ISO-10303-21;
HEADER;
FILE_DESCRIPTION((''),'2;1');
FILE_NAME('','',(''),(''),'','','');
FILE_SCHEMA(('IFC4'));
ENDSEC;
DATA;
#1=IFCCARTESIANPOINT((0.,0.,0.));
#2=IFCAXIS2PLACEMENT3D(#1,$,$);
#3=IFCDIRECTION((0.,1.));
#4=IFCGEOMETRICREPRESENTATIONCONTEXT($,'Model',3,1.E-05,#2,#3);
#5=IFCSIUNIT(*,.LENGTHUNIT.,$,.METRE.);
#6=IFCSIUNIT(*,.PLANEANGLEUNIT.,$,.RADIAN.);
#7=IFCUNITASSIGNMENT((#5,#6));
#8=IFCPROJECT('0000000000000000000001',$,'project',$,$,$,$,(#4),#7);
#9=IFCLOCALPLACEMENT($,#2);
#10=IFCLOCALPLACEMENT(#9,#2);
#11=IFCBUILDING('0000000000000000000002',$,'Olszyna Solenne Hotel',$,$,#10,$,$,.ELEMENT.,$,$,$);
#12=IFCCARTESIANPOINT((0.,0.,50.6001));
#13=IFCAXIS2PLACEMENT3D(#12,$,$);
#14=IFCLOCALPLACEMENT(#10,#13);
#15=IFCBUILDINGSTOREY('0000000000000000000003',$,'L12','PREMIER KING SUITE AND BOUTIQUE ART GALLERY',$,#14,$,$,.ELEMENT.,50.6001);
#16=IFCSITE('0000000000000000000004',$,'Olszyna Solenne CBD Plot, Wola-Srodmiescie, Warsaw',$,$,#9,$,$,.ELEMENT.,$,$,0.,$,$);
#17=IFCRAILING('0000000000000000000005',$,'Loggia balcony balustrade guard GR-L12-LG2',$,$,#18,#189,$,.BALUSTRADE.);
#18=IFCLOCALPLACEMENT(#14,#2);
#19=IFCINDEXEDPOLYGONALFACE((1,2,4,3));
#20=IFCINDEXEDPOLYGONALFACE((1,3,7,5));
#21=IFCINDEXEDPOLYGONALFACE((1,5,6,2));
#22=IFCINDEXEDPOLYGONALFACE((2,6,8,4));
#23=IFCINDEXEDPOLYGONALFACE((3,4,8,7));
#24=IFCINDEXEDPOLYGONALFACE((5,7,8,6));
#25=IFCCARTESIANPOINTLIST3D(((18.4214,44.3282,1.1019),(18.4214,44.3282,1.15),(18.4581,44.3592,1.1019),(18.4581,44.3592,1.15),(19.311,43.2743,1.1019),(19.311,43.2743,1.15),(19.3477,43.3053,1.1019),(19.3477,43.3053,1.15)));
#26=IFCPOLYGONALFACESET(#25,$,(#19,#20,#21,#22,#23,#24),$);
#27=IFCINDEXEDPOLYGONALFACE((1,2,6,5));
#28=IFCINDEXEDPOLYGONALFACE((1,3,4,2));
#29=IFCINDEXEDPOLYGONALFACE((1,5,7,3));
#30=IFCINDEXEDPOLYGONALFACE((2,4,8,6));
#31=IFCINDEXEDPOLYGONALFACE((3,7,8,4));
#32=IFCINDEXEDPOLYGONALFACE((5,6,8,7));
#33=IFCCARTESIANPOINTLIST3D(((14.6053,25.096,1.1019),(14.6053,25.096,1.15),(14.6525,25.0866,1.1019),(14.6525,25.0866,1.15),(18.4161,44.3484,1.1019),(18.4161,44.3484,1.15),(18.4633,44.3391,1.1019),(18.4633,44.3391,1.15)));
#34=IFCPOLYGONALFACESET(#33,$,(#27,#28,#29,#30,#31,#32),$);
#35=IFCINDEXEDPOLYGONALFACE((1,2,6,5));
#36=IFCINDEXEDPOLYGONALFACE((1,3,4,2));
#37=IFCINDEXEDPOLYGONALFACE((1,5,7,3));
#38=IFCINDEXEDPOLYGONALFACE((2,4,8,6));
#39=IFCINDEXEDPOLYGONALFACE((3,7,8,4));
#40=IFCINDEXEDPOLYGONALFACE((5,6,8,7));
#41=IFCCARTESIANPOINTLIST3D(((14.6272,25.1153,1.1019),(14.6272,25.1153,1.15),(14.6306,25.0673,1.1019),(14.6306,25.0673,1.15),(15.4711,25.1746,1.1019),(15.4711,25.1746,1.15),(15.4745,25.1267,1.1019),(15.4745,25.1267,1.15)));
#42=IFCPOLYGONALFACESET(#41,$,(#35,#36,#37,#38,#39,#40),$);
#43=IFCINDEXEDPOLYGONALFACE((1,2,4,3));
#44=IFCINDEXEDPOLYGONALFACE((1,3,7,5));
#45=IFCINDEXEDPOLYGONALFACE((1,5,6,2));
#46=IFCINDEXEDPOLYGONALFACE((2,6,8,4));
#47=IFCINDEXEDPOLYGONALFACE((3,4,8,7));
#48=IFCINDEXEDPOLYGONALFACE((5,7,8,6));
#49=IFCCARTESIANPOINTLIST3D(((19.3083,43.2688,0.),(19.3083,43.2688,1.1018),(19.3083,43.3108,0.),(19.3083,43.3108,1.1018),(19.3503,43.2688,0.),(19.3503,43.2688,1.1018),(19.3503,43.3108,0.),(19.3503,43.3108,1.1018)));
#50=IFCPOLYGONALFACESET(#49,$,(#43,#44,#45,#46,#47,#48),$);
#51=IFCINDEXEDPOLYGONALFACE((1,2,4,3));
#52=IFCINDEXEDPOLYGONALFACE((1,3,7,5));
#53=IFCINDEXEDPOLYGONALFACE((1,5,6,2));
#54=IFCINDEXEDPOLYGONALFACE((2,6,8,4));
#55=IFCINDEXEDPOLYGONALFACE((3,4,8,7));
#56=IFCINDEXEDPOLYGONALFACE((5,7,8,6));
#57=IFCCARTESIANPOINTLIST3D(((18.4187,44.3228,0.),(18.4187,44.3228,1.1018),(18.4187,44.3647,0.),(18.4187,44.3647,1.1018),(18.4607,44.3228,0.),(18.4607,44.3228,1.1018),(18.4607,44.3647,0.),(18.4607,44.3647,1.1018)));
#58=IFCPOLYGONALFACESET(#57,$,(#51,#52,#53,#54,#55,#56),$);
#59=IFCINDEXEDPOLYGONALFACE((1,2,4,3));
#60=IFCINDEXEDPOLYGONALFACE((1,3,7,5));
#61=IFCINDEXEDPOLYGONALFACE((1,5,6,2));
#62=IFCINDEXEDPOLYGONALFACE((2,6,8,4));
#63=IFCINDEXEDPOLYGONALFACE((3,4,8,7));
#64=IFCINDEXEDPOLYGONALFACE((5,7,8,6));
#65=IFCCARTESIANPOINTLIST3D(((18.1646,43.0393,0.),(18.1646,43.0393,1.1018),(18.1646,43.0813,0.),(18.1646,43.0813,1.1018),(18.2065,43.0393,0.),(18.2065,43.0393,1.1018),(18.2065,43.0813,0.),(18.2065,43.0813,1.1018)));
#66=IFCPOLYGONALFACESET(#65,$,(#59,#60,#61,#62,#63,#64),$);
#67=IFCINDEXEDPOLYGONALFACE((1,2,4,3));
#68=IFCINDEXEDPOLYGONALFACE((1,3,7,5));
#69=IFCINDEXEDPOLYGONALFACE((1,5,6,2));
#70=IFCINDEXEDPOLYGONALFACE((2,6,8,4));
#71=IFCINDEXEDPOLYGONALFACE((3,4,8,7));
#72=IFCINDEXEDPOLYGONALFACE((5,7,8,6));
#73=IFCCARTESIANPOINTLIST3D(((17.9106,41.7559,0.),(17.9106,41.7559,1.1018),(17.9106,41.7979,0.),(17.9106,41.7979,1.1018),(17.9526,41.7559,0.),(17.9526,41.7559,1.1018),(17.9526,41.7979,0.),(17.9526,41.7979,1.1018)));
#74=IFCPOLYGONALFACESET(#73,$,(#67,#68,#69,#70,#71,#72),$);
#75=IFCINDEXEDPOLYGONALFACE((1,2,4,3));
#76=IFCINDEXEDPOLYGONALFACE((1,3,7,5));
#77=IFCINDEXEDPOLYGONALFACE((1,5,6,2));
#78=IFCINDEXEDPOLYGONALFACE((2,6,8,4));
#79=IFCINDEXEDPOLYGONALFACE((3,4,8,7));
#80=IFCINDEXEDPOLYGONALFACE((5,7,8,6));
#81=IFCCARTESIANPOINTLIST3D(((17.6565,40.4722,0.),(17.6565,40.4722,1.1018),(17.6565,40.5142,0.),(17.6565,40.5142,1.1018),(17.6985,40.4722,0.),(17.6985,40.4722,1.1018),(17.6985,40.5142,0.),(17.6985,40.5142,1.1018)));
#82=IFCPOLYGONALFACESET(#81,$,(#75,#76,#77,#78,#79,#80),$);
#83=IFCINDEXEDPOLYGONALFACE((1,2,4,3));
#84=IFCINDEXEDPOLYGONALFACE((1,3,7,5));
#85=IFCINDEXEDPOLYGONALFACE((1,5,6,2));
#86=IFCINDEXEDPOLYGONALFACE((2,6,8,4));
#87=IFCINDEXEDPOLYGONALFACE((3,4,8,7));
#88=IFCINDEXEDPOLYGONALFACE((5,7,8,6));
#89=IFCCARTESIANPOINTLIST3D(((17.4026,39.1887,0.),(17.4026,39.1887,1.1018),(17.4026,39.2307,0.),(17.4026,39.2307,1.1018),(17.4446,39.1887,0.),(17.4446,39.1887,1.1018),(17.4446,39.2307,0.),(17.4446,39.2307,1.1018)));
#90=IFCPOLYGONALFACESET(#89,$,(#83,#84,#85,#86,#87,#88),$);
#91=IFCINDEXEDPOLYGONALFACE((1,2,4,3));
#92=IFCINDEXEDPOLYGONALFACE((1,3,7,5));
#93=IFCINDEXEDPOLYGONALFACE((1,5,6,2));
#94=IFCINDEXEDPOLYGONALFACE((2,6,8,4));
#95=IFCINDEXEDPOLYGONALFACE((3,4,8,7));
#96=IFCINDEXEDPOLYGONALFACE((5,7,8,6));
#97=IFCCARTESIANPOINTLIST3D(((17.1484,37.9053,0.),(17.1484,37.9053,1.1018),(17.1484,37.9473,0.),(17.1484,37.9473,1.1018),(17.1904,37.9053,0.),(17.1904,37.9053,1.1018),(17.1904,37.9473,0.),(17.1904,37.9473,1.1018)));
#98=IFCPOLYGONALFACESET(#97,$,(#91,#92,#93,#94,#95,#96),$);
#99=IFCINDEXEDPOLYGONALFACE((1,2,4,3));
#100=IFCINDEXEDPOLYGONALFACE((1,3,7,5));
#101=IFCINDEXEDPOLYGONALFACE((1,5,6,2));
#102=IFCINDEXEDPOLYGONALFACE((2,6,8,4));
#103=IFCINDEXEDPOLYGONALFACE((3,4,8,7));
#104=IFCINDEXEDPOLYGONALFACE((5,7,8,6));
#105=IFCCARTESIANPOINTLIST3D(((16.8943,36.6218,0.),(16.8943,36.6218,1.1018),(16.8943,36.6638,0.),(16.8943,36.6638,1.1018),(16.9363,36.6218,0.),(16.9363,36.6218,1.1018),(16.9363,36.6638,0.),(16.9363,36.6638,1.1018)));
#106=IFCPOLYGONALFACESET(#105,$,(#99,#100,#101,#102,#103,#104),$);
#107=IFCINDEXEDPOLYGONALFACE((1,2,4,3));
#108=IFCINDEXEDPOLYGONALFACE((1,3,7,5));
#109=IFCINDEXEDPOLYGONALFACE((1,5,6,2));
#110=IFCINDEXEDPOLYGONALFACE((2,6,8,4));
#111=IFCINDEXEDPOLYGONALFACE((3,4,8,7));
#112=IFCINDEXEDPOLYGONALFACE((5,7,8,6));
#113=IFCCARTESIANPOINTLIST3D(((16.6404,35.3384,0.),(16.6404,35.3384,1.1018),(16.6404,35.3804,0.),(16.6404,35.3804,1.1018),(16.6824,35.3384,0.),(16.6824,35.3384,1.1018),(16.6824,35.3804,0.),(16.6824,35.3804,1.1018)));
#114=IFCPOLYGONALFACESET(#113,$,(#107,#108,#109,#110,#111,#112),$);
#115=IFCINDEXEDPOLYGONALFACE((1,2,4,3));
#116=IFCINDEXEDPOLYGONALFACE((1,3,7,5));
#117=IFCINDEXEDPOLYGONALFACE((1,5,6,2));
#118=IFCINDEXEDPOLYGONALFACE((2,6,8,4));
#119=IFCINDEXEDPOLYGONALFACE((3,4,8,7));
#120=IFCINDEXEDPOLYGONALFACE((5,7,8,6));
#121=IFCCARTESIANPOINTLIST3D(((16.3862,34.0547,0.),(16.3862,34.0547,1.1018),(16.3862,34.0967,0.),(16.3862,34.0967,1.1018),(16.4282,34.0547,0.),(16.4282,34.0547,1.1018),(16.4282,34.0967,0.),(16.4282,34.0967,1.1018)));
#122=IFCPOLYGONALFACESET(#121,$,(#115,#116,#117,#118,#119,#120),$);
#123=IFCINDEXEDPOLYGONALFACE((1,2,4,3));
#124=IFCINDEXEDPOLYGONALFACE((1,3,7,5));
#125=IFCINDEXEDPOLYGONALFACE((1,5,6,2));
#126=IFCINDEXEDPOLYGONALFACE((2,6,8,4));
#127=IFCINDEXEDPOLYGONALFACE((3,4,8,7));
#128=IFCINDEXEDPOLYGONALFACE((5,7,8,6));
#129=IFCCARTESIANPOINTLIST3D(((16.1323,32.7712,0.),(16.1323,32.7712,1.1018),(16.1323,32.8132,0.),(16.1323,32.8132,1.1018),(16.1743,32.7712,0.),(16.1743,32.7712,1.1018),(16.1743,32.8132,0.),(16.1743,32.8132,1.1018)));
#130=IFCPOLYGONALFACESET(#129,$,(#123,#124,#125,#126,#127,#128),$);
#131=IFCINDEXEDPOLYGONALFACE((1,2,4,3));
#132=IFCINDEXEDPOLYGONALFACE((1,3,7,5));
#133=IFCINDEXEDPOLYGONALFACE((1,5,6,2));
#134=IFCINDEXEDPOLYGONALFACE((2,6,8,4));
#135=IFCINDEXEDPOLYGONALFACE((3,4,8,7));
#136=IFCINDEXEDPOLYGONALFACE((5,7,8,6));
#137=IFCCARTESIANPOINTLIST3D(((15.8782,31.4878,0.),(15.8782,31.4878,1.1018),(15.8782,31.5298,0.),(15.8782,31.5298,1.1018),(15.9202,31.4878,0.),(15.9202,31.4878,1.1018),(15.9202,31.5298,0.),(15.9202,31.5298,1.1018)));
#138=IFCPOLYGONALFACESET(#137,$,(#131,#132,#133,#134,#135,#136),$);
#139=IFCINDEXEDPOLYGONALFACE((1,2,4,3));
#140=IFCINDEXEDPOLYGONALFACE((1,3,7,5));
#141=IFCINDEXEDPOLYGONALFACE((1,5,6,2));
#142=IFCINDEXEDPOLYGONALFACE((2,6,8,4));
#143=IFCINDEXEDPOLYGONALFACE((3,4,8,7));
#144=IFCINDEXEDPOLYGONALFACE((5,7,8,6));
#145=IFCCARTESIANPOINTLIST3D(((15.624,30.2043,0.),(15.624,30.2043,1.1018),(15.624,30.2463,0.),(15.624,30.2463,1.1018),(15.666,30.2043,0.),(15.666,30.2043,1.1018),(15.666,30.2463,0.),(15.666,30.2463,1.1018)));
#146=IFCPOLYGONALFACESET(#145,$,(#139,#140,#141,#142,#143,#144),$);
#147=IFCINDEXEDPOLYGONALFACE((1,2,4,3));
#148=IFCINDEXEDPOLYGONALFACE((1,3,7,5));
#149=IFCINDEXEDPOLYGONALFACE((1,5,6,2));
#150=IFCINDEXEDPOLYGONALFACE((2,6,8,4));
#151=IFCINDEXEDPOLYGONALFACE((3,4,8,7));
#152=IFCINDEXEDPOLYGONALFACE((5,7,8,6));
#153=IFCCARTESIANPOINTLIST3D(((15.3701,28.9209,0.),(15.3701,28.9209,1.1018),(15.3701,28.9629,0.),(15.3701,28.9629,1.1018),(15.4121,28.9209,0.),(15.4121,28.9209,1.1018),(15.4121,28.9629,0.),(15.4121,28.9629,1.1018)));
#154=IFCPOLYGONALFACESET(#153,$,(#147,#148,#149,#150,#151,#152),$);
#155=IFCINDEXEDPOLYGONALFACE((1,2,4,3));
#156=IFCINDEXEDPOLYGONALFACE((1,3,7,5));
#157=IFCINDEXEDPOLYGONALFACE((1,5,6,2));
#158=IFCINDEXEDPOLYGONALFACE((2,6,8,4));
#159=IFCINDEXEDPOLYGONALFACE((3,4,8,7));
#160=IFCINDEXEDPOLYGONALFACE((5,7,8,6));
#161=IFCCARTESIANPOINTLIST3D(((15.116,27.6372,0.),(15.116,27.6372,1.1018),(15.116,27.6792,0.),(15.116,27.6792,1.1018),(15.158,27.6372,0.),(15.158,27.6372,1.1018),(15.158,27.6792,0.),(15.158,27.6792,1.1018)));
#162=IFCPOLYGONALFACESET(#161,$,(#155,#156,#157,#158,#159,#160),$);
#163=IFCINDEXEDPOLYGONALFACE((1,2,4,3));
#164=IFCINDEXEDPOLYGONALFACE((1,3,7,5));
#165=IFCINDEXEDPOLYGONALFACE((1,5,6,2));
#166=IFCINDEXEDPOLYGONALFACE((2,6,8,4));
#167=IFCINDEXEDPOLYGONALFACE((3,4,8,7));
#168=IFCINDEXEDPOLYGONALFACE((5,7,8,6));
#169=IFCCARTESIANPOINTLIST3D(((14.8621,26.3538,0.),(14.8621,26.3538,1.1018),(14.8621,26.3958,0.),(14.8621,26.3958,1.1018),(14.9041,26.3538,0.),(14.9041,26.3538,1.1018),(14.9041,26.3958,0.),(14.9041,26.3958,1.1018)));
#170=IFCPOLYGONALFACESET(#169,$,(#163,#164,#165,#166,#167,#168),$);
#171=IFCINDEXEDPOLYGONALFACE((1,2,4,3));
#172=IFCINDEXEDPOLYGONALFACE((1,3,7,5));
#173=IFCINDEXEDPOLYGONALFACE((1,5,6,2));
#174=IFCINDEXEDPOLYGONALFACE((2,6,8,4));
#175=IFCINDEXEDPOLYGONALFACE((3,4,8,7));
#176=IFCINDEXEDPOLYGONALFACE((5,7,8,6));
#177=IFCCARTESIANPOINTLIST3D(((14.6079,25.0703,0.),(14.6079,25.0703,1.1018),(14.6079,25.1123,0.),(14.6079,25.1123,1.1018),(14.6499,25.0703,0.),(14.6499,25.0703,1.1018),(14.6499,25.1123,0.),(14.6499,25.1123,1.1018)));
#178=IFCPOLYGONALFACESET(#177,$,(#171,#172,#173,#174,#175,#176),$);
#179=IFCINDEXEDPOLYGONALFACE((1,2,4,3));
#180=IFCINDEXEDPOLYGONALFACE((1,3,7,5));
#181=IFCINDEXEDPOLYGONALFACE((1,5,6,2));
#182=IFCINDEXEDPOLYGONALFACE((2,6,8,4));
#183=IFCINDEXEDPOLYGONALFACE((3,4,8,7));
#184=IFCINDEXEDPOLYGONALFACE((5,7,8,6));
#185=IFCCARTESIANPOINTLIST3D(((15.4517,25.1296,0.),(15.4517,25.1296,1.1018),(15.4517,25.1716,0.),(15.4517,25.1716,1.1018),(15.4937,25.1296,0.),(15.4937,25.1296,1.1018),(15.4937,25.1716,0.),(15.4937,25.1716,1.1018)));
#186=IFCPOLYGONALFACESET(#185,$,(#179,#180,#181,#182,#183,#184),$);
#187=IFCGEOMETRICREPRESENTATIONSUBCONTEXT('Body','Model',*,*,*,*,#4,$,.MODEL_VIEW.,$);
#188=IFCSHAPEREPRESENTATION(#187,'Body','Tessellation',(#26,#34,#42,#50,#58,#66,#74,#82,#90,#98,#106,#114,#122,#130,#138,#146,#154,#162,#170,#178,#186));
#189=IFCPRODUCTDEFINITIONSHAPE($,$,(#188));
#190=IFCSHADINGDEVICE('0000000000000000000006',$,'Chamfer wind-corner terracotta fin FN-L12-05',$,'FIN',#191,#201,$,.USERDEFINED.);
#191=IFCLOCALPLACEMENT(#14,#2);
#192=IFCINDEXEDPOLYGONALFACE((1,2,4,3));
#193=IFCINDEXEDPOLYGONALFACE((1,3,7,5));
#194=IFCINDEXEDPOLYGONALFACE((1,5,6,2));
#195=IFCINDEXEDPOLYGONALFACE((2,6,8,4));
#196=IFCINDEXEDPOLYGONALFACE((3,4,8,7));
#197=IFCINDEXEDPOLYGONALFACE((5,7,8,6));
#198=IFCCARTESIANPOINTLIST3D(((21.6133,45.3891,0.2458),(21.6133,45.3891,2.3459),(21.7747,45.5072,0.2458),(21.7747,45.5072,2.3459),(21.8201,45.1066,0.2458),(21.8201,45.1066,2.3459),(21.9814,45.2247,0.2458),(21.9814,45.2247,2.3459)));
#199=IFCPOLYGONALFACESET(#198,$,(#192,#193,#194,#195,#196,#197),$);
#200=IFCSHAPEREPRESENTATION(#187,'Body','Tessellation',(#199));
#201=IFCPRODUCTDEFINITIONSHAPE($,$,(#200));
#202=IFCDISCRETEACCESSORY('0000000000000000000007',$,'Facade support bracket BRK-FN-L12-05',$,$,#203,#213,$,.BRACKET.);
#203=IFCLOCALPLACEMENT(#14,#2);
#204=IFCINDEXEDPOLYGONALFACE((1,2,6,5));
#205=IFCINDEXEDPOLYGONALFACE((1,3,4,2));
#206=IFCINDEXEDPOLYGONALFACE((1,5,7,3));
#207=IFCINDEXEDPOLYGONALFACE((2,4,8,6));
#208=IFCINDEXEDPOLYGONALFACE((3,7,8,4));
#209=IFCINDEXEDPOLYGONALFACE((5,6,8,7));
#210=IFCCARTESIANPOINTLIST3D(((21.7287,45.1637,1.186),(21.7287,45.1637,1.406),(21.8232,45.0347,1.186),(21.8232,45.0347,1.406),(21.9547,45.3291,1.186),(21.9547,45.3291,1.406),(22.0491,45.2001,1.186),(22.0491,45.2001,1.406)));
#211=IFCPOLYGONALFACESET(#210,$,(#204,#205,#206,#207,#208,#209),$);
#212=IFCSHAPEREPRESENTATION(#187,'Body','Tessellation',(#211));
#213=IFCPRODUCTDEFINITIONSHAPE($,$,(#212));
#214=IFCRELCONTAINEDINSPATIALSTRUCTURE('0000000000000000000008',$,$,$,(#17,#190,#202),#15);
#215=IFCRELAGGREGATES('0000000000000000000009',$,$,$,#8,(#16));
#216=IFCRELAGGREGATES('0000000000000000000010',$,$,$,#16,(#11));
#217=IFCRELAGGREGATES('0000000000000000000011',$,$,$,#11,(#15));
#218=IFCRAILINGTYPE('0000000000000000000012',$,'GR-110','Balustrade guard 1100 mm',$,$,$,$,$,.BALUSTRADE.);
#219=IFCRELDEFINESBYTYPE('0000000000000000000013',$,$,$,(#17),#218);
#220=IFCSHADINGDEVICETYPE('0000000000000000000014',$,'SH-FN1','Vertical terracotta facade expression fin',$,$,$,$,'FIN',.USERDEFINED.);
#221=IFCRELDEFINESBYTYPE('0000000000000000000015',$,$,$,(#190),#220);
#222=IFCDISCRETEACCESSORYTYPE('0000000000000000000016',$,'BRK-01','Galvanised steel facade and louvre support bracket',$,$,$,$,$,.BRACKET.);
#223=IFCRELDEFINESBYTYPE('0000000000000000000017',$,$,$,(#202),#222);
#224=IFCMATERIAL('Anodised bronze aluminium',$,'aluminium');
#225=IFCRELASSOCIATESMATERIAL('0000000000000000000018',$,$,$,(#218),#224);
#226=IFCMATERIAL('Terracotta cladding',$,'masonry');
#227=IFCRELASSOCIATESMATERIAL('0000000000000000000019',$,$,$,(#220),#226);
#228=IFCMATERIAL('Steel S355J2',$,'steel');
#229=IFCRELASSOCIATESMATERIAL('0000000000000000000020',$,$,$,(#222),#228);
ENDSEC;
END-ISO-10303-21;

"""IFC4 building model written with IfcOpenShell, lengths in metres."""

from ifc_helpers import new_model, si_unit, direction, frame, origin, origin_2d, place, context, subcontext, project, spatial, rectangle, extrude, source, transform, mapped, material, type_object, element, save


model = new_model("IFC4")

# Units and contexts
model_context = context("Model", 3, precision=1e-05, world=origin(), true_north=direction((0.0, 1.0)))
body_context = subcontext(model_context, "Body", "Model", "MODEL_VIEW")
ifc_project = project(units=[si_unit("LENGTHUNIT", "METRE"), si_unit("PLANEANGLEUNIT", "RADIAN")], contexts=[model_context])

# Site, building, storey
site_placement = place(None, origin())
site = spatial("IfcSite", under=ifc_project, at=site_placement, Name="Olszyna Solenne CBD Plot, Wola-Srodmiescie, Warsaw", CompositionType="ELEMENT", RefElevation=0.0)
building_placement = place(site_placement, origin())
building = spatial("IfcBuilding", under=site, at=building_placement, Name="Olszyna Solenne Hotel", CompositionType="ELEMENT")
storey_placement = place(building_placement, frame((0.0, 0.0, 50.6001)))
storey = spatial("IfcBuildingStorey", under=building, at=storey_placement, Name="L12", Description="PREMIER KING SUITE AND BOUTIQUE ART GALLERY", CompositionType="ELEMENT", Elevation=50.6001)

# Shared definitions
ifc_material_1 = material(Name="Steel S355J2", Category="steel")

# Shared definitions
ifc_material_2 = material(Name="Anodised bronze aluminium", Category="aluminium")

# Shared definitions
ifc_material_3 = material(Name="Terracotta cladding", Category="masonry")

# Railing
railing_type = type_object("IfcRailingType", Name="GR-110", Description="Balustrade guard 1100 mm", PredefinedType="BALUSTRADE", material=ifc_material_2)
railing_placement = place(storey_placement, frame((19.3293, 43.2898, 0.0)))
element("IfcRailing", 1, at=railing_placement, inside=storey, type_object=railing_type, Name="Loggia balcony balustrade guard GR-L12-LG2", PredefinedType="BALUSTRADE", context=body_context, shape_type="SweptSolid", body=[
    extrude(rectangle(XDim=0.0481, YDim=0.0481, at=origin_2d()), frame((0.0, 0.0, 1.126), z_axis=(-0.645029, 0.764158, 0.0), x_axis=(-0.764158, -0.645029, 0.0)), (0.0, 0.0, 1.0), 1.3792),
    extrude(rectangle(XDim=0.0481, YDim=0.0481, at=origin_2d()), frame((-0.8896, 1.054, 1.126), z_axis=(-0.194171, -0.980968, 0.0), x_axis=(0.980968, -0.194171, 0.0)), (0.0, 0.0, 1.0), 19.626),
    extrude(rectangle(XDim=0.0481, YDim=0.0481, at=origin_2d()), frame((-4.7004, -18.1985, 1.126), z_axis=(0.997537, 0.070139, 0.0), x_axis=(-0.070139, 0.997537, 0.0)), (0.0, 0.0, 1.0), 0.8459),
    extrude(rectangle(XDim=0.042, YDim=0.042, at=origin_2d()), origin(), (0.0, 0.0, 1.0), 1.1018),
    extrude(rectangle(XDim=0.042, YDim=0.042, at=origin_2d()), frame((-0.8896, 1.054, 0.0)), (0.0, 0.0, 1.0), 1.1018),
    extrude(rectangle(XDim=0.042, YDim=0.042, at=origin_2d()), frame((-1.1438, -0.2295, 0.0)), (0.0, 0.0, 1.0), 1.1018),
    extrude(rectangle(XDim=0.042, YDim=0.042, at=origin_2d()), frame((-1.3977, -1.5129, 0.0)), (0.0, 0.0, 1.0), 1.1018),
    extrude(rectangle(XDim=0.042, YDim=0.042, at=origin_2d()), frame((-1.6519, -2.7966, 0.0)), (0.0, 0.0, 1.0), 1.1018),
    extrude(rectangle(XDim=0.042, YDim=0.042, at=origin_2d()), frame((-1.9058, -4.0801, 0.0)), (0.0, 0.0, 1.0), 1.1018),
    extrude(rectangle(XDim=0.042, YDim=0.042, at=origin_2d()), frame((-2.1599, -5.3635, 0.0)), (0.0, 0.0, 1.0), 1.1018),
    extrude(rectangle(XDim=0.042, YDim=0.042, at=origin_2d()), frame((-2.4141, -6.647, 0.0)), (0.0, 0.0, 1.0), 1.1018),
    extrude(rectangle(XDim=0.042, YDim=0.042, at=origin_2d()), frame((-2.668, -7.9304, 0.0)), (0.0, 0.0, 1.0), 1.1018),
    extrude(rectangle(XDim=0.042, YDim=0.042, at=origin_2d()), frame((-2.9221, -9.2141, 0.0)), (0.0, 0.0, 1.0), 1.1018),
    extrude(rectangle(XDim=0.042, YDim=0.042, at=origin_2d()), frame((-3.176, -10.4976, 0.0)), (0.0, 0.0, 1.0), 1.1018),
    extrude(rectangle(XDim=0.042, YDim=0.042, at=origin_2d()), frame((-3.4302, -11.781, 0.0)), (0.0, 0.0, 1.0), 1.1018),
    extrude(rectangle(XDim=0.042, YDim=0.042, at=origin_2d()), frame((-3.6843, -13.0645, 0.0)), (0.0, 0.0, 1.0), 1.1018),
    extrude(rectangle(XDim=0.042, YDim=0.042, at=origin_2d()), frame((-3.9382, -14.3479, 0.0)), (0.0, 0.0, 1.0), 1.1018),
    extrude(rectangle(XDim=0.042, YDim=0.042, at=origin_2d()), frame((-4.1924, -15.6316, 0.0)), (0.0, 0.0, 1.0), 1.1018),
    extrude(rectangle(XDim=0.042, YDim=0.042, at=origin_2d()), frame((-4.4463, -16.915, 0.0)), (0.0, 0.0, 1.0), 1.1018),
    extrude(rectangle(XDim=0.042, YDim=0.042, at=origin_2d()), frame((-4.7004, -18.1985, 0.0)), (0.0, 0.0, 1.0), 1.1018),
    extrude(rectangle(XDim=0.042, YDim=0.042, at=origin_2d()), frame((-3.8567, -18.1392, 0.0)), (0.0, 0.0, 1.0), 1.1018),
])

# Shading device
shading_device_type = type_object("IfcShadingDeviceType", Name="SH-FN1", Description="Vertical terracotta facade expression fin", ElementType="FIN", PredefinedType="USERDEFINED", material=ifc_material_3)
shared_shape_1 = source(origin(), body_context, "Body", "SweptSolid", [
    extrude(rectangle(XDim=0.2, YDim=0.3501, at=origin_2d()), origin(), (0.0, 0.0, 1.0), 2.1001),
])
shading_device_placement = place(storey_placement, frame((21.7974, 45.3069, 0.2458), z_axis=(0.0, 0.0, 1.0), x_axis=(0.80696, 0.590606, 0.0)))
element("IfcShadingDevice", 2, at=shading_device_placement, inside=storey, type_object=shading_device_type, Name="Chamfer wind-corner terracotta fin FN-L12-05", ObjectType="FIN", PredefinedType="USERDEFINED", context=body_context, shape_type="MappedRepresentation", body=[
    mapped(shared_shape_1, transform((0.0, 0.0, 0.0), x_axis=(1.0, 0.0, 0.0), y_axis=(0.0, 1.0, 0.0), z_axis=(0.0, 0.0, 1.0), scale=1.0)),
])

# Discrete accessory
discrete_accessory_type = type_object("IfcDiscreteAccessoryType", Name="BRK-01", Description="Galvanised steel facade and louvre support bracket", PredefinedType="BRACKET", material=ifc_material_1)
shared_shape_2 = source(origin(), body_context, "Body", "SweptSolid", [
    extrude(rectangle(XDim=0.28, YDim=0.1599, at=origin_2d()), origin(), (0.0, 0.0, 1.0), 0.22),
])
discrete_accessory_placement = place(storey_placement, frame((21.8889, 45.1819, 1.186), z_axis=(0.0, 0.0, 1.0), x_axis=(0.80696, 0.590606, 0.0)))
element("IfcDiscreteAccessory", 3, at=discrete_accessory_placement, inside=storey, type_object=discrete_accessory_type, Name="Facade support bracket BRK-FN-L12-05", PredefinedType="BRACKET", context=body_context, shape_type="MappedRepresentation", body=[
    mapped(shared_shape_2, transform((0.0, 0.0, 0.0), x_axis=(1.0, 0.0, 0.0), y_axis=(0.0, 1.0, 0.0), z_axis=(0.0, 0.0, 1.0), scale=1.0)),
])

save(model, "model.ifc")
